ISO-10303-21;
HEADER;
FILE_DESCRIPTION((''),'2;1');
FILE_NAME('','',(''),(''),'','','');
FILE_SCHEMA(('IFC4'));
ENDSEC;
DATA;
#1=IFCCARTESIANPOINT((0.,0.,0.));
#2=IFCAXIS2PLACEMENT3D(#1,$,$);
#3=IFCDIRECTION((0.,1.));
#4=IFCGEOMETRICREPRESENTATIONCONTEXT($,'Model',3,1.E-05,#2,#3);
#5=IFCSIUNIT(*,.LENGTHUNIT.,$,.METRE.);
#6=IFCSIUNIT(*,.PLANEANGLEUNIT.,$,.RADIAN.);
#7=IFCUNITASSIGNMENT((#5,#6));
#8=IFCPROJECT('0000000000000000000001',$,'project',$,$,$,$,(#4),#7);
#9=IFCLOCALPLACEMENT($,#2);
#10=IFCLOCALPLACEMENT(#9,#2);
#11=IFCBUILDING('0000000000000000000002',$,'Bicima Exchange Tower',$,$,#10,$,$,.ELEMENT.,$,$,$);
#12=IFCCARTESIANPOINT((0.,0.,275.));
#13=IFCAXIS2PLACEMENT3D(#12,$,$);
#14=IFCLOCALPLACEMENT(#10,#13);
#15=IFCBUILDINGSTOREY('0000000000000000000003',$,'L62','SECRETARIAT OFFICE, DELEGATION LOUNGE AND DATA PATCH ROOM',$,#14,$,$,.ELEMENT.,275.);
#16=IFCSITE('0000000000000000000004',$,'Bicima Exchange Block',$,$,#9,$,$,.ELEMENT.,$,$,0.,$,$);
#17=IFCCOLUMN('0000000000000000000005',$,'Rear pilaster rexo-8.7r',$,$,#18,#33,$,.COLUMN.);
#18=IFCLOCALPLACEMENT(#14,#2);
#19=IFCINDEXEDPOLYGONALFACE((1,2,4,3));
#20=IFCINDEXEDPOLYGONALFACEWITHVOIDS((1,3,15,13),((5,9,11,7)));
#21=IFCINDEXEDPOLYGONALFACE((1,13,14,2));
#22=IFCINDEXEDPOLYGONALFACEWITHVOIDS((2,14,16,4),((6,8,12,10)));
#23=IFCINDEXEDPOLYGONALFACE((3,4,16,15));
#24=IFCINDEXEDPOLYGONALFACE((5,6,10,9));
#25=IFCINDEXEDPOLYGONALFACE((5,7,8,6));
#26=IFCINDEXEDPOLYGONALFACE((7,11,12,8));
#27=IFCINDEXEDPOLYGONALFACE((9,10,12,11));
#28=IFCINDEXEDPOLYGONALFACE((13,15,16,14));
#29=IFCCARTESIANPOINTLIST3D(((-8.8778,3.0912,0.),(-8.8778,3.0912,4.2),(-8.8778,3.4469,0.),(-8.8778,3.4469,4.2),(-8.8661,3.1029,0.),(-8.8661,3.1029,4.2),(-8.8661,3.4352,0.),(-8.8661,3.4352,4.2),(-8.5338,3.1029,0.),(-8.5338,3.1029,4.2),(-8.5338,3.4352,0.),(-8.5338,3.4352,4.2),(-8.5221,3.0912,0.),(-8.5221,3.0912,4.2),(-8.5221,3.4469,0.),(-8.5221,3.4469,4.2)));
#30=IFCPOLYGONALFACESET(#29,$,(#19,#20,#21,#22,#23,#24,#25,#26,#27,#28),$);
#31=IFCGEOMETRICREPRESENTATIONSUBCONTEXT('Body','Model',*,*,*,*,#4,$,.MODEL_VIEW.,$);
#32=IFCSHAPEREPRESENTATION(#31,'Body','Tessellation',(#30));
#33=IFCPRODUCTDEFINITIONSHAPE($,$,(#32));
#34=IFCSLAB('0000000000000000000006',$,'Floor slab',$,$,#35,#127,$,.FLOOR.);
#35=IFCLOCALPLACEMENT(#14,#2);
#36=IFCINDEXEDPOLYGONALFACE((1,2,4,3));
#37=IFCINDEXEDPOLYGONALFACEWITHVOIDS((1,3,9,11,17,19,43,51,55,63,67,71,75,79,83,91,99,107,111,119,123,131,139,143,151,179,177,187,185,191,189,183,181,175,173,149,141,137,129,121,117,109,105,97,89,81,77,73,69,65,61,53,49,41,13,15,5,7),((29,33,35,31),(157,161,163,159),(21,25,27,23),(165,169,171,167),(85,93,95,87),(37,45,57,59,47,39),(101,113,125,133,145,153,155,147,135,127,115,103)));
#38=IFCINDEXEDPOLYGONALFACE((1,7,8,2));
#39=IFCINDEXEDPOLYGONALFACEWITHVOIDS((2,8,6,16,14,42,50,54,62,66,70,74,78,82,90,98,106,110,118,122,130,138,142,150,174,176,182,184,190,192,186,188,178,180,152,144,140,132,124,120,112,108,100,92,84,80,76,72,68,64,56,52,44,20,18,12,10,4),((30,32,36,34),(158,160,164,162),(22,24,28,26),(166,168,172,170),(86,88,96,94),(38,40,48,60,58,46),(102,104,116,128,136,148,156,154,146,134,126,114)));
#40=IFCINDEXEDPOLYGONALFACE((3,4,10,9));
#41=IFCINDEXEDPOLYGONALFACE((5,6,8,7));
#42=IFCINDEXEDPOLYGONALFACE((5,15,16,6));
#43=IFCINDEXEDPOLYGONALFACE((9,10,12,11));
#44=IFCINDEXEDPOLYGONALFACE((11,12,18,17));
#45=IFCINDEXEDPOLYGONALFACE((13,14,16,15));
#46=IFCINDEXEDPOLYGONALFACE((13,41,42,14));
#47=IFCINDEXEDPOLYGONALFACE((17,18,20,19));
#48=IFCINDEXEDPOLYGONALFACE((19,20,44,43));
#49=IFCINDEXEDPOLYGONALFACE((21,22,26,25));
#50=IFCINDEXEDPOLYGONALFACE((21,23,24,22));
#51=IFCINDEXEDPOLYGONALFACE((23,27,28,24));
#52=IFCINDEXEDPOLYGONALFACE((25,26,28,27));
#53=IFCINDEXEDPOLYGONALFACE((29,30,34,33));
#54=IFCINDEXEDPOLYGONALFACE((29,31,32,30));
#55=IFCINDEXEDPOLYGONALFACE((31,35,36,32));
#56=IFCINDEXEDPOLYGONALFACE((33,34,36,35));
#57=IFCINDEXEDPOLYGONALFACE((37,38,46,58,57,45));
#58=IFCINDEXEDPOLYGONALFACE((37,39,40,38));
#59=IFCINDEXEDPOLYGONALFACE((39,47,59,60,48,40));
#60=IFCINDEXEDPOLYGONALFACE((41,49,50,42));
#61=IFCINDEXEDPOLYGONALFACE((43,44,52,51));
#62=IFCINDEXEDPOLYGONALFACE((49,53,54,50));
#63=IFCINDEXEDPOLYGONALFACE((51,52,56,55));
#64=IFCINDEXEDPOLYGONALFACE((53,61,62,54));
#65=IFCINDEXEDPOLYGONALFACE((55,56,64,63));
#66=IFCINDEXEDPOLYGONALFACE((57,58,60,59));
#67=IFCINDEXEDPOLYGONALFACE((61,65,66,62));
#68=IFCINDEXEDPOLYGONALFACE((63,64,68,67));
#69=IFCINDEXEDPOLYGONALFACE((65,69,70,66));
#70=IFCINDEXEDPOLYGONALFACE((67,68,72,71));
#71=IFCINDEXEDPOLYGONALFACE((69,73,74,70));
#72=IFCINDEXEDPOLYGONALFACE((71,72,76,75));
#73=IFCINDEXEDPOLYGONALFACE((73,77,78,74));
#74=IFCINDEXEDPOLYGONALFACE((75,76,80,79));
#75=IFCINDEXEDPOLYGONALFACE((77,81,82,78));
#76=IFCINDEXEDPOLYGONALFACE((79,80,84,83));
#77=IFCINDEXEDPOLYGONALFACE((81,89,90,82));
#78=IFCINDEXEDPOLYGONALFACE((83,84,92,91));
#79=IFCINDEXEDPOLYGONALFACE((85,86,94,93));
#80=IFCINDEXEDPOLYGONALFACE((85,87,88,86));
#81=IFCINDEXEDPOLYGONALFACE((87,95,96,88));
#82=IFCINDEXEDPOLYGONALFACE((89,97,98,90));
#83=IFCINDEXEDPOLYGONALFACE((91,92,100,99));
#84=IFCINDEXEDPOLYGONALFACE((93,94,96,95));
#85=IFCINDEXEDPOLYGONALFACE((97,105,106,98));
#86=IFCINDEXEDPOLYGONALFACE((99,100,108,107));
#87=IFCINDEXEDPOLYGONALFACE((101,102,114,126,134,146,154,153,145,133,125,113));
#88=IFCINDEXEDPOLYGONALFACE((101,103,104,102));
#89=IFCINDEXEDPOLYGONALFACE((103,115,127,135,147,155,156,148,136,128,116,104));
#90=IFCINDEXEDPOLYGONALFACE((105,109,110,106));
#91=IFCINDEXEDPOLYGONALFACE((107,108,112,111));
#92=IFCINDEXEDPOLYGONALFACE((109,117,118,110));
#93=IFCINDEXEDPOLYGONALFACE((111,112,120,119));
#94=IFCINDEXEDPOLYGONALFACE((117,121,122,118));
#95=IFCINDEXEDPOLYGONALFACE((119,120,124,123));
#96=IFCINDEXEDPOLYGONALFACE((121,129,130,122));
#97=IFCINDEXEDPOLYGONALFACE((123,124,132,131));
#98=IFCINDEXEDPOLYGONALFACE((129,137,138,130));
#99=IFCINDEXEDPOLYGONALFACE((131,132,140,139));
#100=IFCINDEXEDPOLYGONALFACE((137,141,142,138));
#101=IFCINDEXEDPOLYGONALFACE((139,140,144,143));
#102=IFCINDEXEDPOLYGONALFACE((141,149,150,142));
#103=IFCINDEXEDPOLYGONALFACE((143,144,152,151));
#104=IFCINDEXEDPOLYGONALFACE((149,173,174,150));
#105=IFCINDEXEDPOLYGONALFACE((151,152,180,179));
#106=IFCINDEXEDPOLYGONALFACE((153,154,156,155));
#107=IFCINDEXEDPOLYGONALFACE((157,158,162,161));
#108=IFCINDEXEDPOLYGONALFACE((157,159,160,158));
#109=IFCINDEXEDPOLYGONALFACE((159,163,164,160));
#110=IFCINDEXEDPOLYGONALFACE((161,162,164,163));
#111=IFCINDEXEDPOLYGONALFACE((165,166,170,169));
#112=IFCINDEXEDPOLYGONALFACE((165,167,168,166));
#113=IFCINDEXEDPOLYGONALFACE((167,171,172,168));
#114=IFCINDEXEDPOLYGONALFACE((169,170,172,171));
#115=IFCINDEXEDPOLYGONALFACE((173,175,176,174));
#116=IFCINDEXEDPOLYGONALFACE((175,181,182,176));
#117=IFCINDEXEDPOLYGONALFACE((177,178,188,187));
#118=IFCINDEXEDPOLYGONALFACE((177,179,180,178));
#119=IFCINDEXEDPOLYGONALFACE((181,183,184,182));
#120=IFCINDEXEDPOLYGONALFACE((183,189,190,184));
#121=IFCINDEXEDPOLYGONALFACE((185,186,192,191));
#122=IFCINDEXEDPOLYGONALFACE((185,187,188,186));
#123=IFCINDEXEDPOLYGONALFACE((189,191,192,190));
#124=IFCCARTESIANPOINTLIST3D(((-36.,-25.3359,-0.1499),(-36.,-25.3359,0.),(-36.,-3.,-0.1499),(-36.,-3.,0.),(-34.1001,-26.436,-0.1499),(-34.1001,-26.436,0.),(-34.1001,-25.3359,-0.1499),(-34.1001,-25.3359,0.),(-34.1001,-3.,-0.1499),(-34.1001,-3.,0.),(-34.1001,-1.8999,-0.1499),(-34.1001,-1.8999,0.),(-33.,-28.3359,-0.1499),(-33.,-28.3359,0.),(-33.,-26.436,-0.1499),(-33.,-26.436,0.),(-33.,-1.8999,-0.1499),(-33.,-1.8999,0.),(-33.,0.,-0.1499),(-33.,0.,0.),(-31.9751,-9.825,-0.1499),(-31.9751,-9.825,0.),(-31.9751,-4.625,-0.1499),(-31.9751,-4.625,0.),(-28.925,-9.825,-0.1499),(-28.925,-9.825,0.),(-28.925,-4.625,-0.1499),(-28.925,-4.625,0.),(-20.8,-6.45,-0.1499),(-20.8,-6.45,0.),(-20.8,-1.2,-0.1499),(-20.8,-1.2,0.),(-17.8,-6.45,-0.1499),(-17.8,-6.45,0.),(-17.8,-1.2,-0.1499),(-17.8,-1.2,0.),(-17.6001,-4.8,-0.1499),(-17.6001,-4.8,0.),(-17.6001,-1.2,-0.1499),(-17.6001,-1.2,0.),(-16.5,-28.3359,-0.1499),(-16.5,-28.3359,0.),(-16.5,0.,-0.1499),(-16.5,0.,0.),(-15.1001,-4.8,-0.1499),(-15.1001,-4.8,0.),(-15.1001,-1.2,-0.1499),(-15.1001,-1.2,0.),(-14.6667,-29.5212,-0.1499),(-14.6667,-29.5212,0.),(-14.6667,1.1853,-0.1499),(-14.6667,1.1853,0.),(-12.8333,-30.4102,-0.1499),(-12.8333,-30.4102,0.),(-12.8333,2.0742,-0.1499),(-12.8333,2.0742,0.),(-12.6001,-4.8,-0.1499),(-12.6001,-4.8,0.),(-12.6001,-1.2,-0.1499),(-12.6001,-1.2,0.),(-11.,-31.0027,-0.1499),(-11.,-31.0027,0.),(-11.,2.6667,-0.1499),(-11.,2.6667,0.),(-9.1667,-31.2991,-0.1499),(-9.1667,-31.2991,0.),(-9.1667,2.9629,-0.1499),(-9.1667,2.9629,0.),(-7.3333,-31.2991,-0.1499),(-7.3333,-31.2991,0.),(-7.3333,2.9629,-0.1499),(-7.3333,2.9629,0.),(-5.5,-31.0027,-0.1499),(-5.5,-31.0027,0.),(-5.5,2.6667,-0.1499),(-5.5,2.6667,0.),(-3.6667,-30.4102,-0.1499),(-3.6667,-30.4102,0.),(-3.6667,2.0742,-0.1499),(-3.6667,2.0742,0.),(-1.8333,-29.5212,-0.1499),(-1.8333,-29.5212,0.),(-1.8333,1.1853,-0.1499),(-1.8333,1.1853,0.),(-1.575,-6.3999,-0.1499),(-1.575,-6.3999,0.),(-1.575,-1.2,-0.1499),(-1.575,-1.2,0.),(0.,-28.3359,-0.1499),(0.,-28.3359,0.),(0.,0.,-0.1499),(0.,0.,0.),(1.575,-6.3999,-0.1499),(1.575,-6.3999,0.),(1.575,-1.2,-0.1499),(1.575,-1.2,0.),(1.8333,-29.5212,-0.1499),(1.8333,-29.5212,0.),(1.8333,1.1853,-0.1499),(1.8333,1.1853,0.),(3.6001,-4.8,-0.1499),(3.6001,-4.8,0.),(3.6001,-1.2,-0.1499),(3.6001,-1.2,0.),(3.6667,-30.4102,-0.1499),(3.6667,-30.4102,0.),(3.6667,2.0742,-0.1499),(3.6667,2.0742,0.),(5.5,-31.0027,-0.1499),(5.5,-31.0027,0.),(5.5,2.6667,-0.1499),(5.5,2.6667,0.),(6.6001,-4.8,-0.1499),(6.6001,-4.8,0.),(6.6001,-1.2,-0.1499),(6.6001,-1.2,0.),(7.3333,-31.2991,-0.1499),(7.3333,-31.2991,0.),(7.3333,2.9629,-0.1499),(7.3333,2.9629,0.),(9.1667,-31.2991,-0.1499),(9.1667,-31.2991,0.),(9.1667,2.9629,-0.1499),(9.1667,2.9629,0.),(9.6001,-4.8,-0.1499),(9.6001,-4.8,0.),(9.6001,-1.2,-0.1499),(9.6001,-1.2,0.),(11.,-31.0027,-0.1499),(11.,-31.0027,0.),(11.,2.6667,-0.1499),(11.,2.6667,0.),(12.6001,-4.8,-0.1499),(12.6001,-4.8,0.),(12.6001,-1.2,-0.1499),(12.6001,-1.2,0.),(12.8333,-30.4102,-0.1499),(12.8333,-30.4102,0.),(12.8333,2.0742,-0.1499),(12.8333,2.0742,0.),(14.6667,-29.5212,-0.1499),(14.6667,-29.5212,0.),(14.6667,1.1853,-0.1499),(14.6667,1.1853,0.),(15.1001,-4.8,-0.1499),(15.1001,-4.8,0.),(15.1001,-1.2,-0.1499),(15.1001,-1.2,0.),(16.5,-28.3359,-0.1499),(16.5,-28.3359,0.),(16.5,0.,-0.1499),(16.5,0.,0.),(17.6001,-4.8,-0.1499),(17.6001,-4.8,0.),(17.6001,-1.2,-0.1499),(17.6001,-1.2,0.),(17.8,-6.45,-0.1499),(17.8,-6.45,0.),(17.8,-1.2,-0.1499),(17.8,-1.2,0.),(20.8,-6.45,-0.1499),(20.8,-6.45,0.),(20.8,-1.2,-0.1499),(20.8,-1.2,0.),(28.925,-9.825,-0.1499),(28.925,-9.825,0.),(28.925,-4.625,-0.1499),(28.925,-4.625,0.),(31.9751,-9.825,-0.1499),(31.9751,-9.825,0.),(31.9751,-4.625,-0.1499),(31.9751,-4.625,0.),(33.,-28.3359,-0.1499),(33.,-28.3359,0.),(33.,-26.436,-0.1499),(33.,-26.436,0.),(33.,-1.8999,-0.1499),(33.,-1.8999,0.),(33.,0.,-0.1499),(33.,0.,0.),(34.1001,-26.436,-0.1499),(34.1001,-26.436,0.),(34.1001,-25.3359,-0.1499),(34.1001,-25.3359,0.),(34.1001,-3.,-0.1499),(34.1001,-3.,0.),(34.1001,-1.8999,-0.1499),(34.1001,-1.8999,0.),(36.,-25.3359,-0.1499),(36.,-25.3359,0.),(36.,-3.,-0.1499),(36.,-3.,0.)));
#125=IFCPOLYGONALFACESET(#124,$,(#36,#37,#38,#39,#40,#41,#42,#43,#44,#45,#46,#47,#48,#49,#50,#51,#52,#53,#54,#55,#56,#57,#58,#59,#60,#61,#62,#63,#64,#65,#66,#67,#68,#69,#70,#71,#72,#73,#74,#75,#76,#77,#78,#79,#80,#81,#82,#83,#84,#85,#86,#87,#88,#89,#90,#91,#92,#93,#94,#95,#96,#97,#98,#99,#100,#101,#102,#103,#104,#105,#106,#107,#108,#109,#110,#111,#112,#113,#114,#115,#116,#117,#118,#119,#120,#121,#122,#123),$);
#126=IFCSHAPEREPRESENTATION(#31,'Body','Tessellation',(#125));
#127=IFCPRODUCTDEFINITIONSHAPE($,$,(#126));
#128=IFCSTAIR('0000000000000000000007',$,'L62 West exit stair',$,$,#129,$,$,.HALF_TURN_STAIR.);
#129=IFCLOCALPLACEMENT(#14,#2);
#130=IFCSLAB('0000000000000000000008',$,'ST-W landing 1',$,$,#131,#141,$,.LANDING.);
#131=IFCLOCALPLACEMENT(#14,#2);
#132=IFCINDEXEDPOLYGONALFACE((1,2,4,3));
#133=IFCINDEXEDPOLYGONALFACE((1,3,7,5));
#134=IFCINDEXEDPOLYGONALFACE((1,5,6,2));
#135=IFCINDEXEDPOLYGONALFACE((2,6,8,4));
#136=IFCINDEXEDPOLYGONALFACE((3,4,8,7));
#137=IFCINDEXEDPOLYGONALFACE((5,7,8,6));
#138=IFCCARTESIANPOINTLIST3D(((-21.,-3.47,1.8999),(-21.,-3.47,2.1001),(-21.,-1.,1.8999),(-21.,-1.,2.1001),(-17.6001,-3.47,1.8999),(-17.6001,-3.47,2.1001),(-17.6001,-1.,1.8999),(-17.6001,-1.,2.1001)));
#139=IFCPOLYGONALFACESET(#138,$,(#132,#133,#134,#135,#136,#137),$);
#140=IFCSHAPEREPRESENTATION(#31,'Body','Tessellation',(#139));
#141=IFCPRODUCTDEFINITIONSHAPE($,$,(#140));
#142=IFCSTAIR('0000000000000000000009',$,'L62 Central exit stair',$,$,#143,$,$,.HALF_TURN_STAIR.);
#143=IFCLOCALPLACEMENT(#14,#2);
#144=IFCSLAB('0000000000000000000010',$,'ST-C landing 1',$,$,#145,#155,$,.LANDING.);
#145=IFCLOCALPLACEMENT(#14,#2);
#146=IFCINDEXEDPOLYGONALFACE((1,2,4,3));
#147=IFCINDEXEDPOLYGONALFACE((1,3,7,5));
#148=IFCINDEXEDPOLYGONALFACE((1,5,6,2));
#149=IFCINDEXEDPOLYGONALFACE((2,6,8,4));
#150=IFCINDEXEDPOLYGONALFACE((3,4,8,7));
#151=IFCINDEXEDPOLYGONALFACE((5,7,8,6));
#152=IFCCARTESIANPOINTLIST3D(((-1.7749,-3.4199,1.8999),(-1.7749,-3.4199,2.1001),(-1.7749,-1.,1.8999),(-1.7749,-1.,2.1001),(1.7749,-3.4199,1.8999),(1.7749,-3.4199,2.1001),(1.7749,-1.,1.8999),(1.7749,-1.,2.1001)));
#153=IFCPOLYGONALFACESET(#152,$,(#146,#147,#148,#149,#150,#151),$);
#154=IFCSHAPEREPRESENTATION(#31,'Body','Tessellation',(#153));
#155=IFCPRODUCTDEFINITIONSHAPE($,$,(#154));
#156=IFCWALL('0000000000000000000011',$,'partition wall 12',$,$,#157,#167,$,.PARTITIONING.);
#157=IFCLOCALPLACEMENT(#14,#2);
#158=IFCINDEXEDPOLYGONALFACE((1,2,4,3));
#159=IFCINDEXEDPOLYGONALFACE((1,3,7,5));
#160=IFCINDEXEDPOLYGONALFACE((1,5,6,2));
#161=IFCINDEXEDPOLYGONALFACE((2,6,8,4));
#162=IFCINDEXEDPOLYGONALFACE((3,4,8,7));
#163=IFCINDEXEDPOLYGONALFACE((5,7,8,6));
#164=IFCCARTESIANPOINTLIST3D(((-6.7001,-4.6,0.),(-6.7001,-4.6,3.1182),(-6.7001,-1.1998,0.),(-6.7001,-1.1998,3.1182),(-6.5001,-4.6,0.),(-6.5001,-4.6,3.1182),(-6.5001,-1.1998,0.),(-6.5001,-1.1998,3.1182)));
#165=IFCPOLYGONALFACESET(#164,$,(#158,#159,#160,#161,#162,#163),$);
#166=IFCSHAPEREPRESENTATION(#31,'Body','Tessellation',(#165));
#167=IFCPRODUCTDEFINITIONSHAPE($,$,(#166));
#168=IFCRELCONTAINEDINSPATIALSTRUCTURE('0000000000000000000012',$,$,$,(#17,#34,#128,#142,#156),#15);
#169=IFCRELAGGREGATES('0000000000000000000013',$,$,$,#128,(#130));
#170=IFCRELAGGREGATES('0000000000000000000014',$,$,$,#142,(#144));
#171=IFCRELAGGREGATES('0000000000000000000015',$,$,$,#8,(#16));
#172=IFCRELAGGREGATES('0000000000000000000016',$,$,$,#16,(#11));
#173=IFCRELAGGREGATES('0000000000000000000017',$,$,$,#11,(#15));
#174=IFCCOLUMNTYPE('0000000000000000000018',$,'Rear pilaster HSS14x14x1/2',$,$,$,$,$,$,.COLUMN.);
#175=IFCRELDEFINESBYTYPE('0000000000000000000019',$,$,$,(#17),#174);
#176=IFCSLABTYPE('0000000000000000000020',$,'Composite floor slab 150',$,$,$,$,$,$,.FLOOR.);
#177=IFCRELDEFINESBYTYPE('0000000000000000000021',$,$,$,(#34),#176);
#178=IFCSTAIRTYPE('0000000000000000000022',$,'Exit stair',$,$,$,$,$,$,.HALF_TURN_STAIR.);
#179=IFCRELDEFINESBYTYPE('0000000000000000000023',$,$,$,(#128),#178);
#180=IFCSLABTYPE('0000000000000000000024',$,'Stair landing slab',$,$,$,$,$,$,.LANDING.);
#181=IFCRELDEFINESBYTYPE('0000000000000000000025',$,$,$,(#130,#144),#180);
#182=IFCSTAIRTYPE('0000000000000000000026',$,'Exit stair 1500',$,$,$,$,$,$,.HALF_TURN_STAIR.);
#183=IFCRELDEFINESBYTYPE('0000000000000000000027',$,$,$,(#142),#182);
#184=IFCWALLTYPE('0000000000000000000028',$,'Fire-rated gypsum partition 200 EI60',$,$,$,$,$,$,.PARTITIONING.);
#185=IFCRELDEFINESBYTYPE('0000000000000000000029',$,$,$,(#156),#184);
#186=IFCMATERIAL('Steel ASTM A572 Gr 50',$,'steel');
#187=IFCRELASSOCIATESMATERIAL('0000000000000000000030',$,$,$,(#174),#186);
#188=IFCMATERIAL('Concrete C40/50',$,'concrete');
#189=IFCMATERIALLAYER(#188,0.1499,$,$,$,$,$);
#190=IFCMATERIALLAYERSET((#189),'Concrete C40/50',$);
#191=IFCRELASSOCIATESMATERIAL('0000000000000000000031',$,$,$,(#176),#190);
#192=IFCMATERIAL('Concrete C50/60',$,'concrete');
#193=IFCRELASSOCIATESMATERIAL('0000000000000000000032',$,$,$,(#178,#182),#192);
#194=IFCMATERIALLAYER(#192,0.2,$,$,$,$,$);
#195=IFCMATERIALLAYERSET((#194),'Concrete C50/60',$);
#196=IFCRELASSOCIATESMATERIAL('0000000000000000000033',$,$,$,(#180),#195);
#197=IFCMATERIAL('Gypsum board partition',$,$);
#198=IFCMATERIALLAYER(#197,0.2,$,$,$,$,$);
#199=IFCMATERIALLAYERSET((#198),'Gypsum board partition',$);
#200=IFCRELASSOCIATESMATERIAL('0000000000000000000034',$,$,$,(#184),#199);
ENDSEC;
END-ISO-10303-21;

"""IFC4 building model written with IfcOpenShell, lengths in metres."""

from ifc_helpers import new_model, si_unit, direction, frame, frame_2d, origin, origin_2d, place, context, subcontext, project, spatial, polyline, rectangle, hollow_rectangle, outline, extrude, material, layer, layer_set, material_profile, profile_set, type_object, element, aggregate, save


model = new_model("IFC4")

# Units and contexts
model_context = context("Model", 3, precision=1e-05, world=origin(), true_north=direction((0.0, 1.0)))
body_context = subcontext(model_context, "Body", "Model", "MODEL_VIEW")
ifc_project = project(units=[si_unit("LENGTHUNIT", "METRE"), si_unit("PLANEANGLEUNIT", "RADIAN")], contexts=[model_context])

# Site, building, storey
site_placement = place(None, origin())
site = spatial("IfcSite", under=ifc_project, at=site_placement, Name="Bicima Exchange Block", CompositionType="ELEMENT", RefElevation=0.0)
building_placement = place(site_placement, origin())
building = spatial("IfcBuilding", under=site, at=building_placement, Name="Bicima Exchange Tower", CompositionType="ELEMENT")
storey_placement = place(building_placement, frame((0.0, 0.0, 275.0)))
storey = spatial("IfcBuildingStorey", under=building, at=storey_placement, Name="L62", Description="SECRETARIAT OFFICE, DELEGATION LOUNGE AND DATA PATCH ROOM", CompositionType="ELEMENT", Elevation=275.0)

# Column
ifc_material_1 = material(Name="Steel ASTM A572 Gr 50", Category="steel")
ifc_material_profile = material_profile(ifc_material_1, hollow_rectangle(XDim=0.3557, YDim=0.3557, WallThickness=0.0117, at=origin_2d()))
ifc_profile_set = profile_set([ifc_material_profile], Name="Steel ASTM A572 Gr 50")
column_type = type_object("IfcColumnType", Name="Rear pilaster HSS14x14x1/2", PredefinedType="COLUMN", material=ifc_profile_set)
column_placement = place(storey_placement, frame((-8.7, 3.269, 0.0), z_axis=(0.0, 0.0, 1.0), x_axis=(1.0, 0.0, 0.0)))
element("IfcColumn", 1, at=column_placement, inside=storey, type_object=column_type, Name="Rear pilaster rexo-8.7r", PredefinedType="COLUMN", context=body_context, shape_type="SweptSolid", body=[
    extrude(hollow_rectangle(XDim=0.3557, YDim=0.3557, WallThickness=0.0117, at=origin_2d()), origin(), (0.0, 0.0, 1.0), 4.2),
])

# Slab
ifc_material_2 = material(Name="Concrete C40/50", Category="concrete")
ifc_layer_1 = layer(ifc_material_2, 0.1499)
ifc_layer_set_1 = layer_set([ifc_layer_1], Name="Concrete C40/50")
slab_type_1 = type_object("IfcSlabType", Name="Composite floor slab 150", PredefinedType="FLOOR", material=ifc_layer_set_1)
slab_1_placement = place(storey_placement, frame((0.0, 0.0, -0.1499)))
element("IfcSlab", 2, at=slab_1_placement, inside=storey, type_object=slab_type_1, Name="Floor slab", PredefinedType="FLOOR", context=body_context, shape_type="SweptSolid", body=[
    extrude(outline(polyline([(-36.0, -25.3359), (-36.0, -3.0), (-34.1001, -3.0), (-34.1001, -1.8999), (-33.0, -1.8999), (-33.0, 0.0), (-16.5, 0.0), (-14.6667, 1.1853), (-12.8333, 2.0742), (-11.0, 2.6667), (-9.1667, 2.9629), (-7.3333, 2.9629), (-5.5, 2.6667), (-3.6667, 2.0742), (-1.8333, 1.1853), (0.0, 0.0), (1.8333, 1.1853), (3.6667, 2.0742), (5.5, 2.6667), (7.3333, 2.9629), (9.1667, 2.9629), (11.0, 2.6667), (12.8333, 2.0742), (14.6667, 1.1853), (16.5, 0.0), (33.0, 0.0), (33.0, -1.8999), (34.1001, -1.8999), (34.1001, -3.0), (36.0, -3.0), (36.0, -25.3359), (34.1001, -25.3359), (34.1001, -26.436), (33.0, -26.436), (33.0, -28.3359), (16.5, -28.3359), (14.6667, -29.5212), (12.8333, -30.4102), (11.0, -31.0027), (9.1667, -31.2991), (7.3333, -31.2991), (5.5, -31.0027), (3.6667, -30.4102), (1.8333, -29.5212), (0.0, -28.3359), (-1.8333, -29.5212), (-3.6667, -30.4102), (-5.5, -31.0027), (-7.3333, -31.2991), (-9.1667, -31.2991), (-11.0, -31.0027), (-12.8333, -30.4102), (-14.6667, -29.5212), (-16.5, -28.3359), (-33.0, -28.3359), (-33.0, -26.436), (-34.1001, -26.436), (-34.1001, -25.3359), (-36.0, -25.3359)]), holes=[polyline([(-28.925, -9.825), (-28.925, -4.625), (-31.9751, -4.625), (-31.9751, -9.825), (-28.925, -9.825)]), polyline([(-20.8, -6.45), (-17.8, -6.45), (-17.8, -1.2), (-20.8, -1.2), (-20.8, -6.45)]), polyline([(-1.575, -6.3999), (1.575, -6.3999), (1.575, -1.2), (-1.575, -1.2), (-1.575, -6.3999)]), polyline([(-12.6001, -1.2), (-15.1001, -1.2), (-17.6001, -1.2), (-17.6001, -4.8), (-15.1001, -4.8), (-12.6001, -4.8), (-12.6001, -1.2)]), polyline([(3.6001, -4.8), (6.6001, -4.8), (9.6001, -4.8), (12.6001, -4.8), (15.1001, -4.8), (17.6001, -4.8), (17.6001, -1.2), (15.1001, -1.2), (12.6001, -1.2), (9.6001, -1.2), (6.6001, -1.2), (3.6001, -1.2), (3.6001, -4.8)]), polyline([(31.9751, -9.825), (31.9751, -4.625), (28.925, -4.625), (28.925, -9.825), (31.9751, -9.825)]), polyline([(17.8, -6.45), (20.8, -6.45), (20.8, -1.2), (17.8, -1.2), (17.8, -6.45)])]), origin(), (0.0, 0.0, 1.0), 0.1499),
])

# Stairs, slabs
ifc_material_3 = material(Name="Concrete C50/60", Category="concrete")
stair_type_1 = type_object("IfcStairType", Name="Exit stair", PredefinedType="HALF_TURN_STAIR", material=ifc_material_3)
stair_1_placement = place(storey_placement, origin())
stair_1 = element("IfcStair", 3, at=stair_1_placement, inside=storey, type_object=stair_type_1, Name="L62 West exit stair", PredefinedType="HALF_TURN_STAIR")
ifc_layer_2 = layer(ifc_material_3, 0.2)
ifc_layer_set_2 = layer_set([ifc_layer_2], Name="Concrete C50/60")
slab_type_2 = type_object("IfcSlabType", Name="Stair landing slab", PredefinedType="LANDING", material=ifc_layer_set_2)
slab_2_placement = place(storey_placement, frame((0.0, 0.0, 1.8999)))
slab_2 = element("IfcSlab", 4, at=slab_2_placement, type_object=slab_type_2, Name="ST-W landing 1", PredefinedType="LANDING", context=body_context, shape_type="SweptSolid", body=[
    extrude(outline(polyline([(-17.6001, -3.47), (-17.6001, -1.0), (-21.0, -1.0), (-21.0, -3.47), (-17.6001, -3.47)])), origin(), (0.0, 0.0, 1.0), 0.2002),
])
aggregate(stair_1, [slab_2])
stair_type_2 = type_object("IfcStairType", Name="Exit stair 1500", PredefinedType="HALF_TURN_STAIR", material=ifc_material_3)
stair_2_placement = place(storey_placement, origin())
stair_2 = element("IfcStair", 5, at=stair_2_placement, inside=storey, type_object=stair_type_2, Name="L62 Central exit stair", PredefinedType="HALF_TURN_STAIR")
slab_3_placement = place(storey_placement, frame((0.0, 0.0, 1.8999)))
slab_3 = element("IfcSlab", 6, at=slab_3_placement, type_object=slab_type_2, Name="ST-C landing 1", PredefinedType="LANDING", context=body_context, shape_type="SweptSolid", body=[
    extrude(outline(polyline([(1.7749, -3.4199), (1.7749, -1.0), (-1.7749, -1.0), (-1.7749, -3.4199), (1.7749, -3.4199)])), origin(), (0.0, 0.0, 1.0), 0.2002),
])

# Wall
ifc_material_4 = material(Name="Gypsum board partition")
ifc_layer_3 = layer(ifc_material_4, 0.2)
ifc_layer_set_3 = layer_set([ifc_layer_3], Name="Gypsum board partition")
wall_type_1 = type_object("IfcWallType", Name="Fire-rated gypsum partition 200 EI60", PredefinedType="PARTITIONING", material=ifc_layer_set_3)
wall_1_placement = place(storey_placement, frame((-6.6001, -4.6001, 0.0), z_axis=(0.0, 0.0, 1.0), x_axis=(0.0, 1.0, 0.0)))
element("IfcWall", 7, at=wall_1_placement, inside=storey, type_object=wall_type_1, Name="partition wall 12", PredefinedType="PARTITIONING", context=body_context, shape_type="SweptSolid", body=[
    extrude(rectangle(XDim=3.4001, YDim=0.2, at=frame_2d((1.7002, 0.0))), origin(), (0.0, 0.0, 1.0), 3.1182),
])

aggregate(stair_2, [slab_3])

save(model, "model.ifc")
